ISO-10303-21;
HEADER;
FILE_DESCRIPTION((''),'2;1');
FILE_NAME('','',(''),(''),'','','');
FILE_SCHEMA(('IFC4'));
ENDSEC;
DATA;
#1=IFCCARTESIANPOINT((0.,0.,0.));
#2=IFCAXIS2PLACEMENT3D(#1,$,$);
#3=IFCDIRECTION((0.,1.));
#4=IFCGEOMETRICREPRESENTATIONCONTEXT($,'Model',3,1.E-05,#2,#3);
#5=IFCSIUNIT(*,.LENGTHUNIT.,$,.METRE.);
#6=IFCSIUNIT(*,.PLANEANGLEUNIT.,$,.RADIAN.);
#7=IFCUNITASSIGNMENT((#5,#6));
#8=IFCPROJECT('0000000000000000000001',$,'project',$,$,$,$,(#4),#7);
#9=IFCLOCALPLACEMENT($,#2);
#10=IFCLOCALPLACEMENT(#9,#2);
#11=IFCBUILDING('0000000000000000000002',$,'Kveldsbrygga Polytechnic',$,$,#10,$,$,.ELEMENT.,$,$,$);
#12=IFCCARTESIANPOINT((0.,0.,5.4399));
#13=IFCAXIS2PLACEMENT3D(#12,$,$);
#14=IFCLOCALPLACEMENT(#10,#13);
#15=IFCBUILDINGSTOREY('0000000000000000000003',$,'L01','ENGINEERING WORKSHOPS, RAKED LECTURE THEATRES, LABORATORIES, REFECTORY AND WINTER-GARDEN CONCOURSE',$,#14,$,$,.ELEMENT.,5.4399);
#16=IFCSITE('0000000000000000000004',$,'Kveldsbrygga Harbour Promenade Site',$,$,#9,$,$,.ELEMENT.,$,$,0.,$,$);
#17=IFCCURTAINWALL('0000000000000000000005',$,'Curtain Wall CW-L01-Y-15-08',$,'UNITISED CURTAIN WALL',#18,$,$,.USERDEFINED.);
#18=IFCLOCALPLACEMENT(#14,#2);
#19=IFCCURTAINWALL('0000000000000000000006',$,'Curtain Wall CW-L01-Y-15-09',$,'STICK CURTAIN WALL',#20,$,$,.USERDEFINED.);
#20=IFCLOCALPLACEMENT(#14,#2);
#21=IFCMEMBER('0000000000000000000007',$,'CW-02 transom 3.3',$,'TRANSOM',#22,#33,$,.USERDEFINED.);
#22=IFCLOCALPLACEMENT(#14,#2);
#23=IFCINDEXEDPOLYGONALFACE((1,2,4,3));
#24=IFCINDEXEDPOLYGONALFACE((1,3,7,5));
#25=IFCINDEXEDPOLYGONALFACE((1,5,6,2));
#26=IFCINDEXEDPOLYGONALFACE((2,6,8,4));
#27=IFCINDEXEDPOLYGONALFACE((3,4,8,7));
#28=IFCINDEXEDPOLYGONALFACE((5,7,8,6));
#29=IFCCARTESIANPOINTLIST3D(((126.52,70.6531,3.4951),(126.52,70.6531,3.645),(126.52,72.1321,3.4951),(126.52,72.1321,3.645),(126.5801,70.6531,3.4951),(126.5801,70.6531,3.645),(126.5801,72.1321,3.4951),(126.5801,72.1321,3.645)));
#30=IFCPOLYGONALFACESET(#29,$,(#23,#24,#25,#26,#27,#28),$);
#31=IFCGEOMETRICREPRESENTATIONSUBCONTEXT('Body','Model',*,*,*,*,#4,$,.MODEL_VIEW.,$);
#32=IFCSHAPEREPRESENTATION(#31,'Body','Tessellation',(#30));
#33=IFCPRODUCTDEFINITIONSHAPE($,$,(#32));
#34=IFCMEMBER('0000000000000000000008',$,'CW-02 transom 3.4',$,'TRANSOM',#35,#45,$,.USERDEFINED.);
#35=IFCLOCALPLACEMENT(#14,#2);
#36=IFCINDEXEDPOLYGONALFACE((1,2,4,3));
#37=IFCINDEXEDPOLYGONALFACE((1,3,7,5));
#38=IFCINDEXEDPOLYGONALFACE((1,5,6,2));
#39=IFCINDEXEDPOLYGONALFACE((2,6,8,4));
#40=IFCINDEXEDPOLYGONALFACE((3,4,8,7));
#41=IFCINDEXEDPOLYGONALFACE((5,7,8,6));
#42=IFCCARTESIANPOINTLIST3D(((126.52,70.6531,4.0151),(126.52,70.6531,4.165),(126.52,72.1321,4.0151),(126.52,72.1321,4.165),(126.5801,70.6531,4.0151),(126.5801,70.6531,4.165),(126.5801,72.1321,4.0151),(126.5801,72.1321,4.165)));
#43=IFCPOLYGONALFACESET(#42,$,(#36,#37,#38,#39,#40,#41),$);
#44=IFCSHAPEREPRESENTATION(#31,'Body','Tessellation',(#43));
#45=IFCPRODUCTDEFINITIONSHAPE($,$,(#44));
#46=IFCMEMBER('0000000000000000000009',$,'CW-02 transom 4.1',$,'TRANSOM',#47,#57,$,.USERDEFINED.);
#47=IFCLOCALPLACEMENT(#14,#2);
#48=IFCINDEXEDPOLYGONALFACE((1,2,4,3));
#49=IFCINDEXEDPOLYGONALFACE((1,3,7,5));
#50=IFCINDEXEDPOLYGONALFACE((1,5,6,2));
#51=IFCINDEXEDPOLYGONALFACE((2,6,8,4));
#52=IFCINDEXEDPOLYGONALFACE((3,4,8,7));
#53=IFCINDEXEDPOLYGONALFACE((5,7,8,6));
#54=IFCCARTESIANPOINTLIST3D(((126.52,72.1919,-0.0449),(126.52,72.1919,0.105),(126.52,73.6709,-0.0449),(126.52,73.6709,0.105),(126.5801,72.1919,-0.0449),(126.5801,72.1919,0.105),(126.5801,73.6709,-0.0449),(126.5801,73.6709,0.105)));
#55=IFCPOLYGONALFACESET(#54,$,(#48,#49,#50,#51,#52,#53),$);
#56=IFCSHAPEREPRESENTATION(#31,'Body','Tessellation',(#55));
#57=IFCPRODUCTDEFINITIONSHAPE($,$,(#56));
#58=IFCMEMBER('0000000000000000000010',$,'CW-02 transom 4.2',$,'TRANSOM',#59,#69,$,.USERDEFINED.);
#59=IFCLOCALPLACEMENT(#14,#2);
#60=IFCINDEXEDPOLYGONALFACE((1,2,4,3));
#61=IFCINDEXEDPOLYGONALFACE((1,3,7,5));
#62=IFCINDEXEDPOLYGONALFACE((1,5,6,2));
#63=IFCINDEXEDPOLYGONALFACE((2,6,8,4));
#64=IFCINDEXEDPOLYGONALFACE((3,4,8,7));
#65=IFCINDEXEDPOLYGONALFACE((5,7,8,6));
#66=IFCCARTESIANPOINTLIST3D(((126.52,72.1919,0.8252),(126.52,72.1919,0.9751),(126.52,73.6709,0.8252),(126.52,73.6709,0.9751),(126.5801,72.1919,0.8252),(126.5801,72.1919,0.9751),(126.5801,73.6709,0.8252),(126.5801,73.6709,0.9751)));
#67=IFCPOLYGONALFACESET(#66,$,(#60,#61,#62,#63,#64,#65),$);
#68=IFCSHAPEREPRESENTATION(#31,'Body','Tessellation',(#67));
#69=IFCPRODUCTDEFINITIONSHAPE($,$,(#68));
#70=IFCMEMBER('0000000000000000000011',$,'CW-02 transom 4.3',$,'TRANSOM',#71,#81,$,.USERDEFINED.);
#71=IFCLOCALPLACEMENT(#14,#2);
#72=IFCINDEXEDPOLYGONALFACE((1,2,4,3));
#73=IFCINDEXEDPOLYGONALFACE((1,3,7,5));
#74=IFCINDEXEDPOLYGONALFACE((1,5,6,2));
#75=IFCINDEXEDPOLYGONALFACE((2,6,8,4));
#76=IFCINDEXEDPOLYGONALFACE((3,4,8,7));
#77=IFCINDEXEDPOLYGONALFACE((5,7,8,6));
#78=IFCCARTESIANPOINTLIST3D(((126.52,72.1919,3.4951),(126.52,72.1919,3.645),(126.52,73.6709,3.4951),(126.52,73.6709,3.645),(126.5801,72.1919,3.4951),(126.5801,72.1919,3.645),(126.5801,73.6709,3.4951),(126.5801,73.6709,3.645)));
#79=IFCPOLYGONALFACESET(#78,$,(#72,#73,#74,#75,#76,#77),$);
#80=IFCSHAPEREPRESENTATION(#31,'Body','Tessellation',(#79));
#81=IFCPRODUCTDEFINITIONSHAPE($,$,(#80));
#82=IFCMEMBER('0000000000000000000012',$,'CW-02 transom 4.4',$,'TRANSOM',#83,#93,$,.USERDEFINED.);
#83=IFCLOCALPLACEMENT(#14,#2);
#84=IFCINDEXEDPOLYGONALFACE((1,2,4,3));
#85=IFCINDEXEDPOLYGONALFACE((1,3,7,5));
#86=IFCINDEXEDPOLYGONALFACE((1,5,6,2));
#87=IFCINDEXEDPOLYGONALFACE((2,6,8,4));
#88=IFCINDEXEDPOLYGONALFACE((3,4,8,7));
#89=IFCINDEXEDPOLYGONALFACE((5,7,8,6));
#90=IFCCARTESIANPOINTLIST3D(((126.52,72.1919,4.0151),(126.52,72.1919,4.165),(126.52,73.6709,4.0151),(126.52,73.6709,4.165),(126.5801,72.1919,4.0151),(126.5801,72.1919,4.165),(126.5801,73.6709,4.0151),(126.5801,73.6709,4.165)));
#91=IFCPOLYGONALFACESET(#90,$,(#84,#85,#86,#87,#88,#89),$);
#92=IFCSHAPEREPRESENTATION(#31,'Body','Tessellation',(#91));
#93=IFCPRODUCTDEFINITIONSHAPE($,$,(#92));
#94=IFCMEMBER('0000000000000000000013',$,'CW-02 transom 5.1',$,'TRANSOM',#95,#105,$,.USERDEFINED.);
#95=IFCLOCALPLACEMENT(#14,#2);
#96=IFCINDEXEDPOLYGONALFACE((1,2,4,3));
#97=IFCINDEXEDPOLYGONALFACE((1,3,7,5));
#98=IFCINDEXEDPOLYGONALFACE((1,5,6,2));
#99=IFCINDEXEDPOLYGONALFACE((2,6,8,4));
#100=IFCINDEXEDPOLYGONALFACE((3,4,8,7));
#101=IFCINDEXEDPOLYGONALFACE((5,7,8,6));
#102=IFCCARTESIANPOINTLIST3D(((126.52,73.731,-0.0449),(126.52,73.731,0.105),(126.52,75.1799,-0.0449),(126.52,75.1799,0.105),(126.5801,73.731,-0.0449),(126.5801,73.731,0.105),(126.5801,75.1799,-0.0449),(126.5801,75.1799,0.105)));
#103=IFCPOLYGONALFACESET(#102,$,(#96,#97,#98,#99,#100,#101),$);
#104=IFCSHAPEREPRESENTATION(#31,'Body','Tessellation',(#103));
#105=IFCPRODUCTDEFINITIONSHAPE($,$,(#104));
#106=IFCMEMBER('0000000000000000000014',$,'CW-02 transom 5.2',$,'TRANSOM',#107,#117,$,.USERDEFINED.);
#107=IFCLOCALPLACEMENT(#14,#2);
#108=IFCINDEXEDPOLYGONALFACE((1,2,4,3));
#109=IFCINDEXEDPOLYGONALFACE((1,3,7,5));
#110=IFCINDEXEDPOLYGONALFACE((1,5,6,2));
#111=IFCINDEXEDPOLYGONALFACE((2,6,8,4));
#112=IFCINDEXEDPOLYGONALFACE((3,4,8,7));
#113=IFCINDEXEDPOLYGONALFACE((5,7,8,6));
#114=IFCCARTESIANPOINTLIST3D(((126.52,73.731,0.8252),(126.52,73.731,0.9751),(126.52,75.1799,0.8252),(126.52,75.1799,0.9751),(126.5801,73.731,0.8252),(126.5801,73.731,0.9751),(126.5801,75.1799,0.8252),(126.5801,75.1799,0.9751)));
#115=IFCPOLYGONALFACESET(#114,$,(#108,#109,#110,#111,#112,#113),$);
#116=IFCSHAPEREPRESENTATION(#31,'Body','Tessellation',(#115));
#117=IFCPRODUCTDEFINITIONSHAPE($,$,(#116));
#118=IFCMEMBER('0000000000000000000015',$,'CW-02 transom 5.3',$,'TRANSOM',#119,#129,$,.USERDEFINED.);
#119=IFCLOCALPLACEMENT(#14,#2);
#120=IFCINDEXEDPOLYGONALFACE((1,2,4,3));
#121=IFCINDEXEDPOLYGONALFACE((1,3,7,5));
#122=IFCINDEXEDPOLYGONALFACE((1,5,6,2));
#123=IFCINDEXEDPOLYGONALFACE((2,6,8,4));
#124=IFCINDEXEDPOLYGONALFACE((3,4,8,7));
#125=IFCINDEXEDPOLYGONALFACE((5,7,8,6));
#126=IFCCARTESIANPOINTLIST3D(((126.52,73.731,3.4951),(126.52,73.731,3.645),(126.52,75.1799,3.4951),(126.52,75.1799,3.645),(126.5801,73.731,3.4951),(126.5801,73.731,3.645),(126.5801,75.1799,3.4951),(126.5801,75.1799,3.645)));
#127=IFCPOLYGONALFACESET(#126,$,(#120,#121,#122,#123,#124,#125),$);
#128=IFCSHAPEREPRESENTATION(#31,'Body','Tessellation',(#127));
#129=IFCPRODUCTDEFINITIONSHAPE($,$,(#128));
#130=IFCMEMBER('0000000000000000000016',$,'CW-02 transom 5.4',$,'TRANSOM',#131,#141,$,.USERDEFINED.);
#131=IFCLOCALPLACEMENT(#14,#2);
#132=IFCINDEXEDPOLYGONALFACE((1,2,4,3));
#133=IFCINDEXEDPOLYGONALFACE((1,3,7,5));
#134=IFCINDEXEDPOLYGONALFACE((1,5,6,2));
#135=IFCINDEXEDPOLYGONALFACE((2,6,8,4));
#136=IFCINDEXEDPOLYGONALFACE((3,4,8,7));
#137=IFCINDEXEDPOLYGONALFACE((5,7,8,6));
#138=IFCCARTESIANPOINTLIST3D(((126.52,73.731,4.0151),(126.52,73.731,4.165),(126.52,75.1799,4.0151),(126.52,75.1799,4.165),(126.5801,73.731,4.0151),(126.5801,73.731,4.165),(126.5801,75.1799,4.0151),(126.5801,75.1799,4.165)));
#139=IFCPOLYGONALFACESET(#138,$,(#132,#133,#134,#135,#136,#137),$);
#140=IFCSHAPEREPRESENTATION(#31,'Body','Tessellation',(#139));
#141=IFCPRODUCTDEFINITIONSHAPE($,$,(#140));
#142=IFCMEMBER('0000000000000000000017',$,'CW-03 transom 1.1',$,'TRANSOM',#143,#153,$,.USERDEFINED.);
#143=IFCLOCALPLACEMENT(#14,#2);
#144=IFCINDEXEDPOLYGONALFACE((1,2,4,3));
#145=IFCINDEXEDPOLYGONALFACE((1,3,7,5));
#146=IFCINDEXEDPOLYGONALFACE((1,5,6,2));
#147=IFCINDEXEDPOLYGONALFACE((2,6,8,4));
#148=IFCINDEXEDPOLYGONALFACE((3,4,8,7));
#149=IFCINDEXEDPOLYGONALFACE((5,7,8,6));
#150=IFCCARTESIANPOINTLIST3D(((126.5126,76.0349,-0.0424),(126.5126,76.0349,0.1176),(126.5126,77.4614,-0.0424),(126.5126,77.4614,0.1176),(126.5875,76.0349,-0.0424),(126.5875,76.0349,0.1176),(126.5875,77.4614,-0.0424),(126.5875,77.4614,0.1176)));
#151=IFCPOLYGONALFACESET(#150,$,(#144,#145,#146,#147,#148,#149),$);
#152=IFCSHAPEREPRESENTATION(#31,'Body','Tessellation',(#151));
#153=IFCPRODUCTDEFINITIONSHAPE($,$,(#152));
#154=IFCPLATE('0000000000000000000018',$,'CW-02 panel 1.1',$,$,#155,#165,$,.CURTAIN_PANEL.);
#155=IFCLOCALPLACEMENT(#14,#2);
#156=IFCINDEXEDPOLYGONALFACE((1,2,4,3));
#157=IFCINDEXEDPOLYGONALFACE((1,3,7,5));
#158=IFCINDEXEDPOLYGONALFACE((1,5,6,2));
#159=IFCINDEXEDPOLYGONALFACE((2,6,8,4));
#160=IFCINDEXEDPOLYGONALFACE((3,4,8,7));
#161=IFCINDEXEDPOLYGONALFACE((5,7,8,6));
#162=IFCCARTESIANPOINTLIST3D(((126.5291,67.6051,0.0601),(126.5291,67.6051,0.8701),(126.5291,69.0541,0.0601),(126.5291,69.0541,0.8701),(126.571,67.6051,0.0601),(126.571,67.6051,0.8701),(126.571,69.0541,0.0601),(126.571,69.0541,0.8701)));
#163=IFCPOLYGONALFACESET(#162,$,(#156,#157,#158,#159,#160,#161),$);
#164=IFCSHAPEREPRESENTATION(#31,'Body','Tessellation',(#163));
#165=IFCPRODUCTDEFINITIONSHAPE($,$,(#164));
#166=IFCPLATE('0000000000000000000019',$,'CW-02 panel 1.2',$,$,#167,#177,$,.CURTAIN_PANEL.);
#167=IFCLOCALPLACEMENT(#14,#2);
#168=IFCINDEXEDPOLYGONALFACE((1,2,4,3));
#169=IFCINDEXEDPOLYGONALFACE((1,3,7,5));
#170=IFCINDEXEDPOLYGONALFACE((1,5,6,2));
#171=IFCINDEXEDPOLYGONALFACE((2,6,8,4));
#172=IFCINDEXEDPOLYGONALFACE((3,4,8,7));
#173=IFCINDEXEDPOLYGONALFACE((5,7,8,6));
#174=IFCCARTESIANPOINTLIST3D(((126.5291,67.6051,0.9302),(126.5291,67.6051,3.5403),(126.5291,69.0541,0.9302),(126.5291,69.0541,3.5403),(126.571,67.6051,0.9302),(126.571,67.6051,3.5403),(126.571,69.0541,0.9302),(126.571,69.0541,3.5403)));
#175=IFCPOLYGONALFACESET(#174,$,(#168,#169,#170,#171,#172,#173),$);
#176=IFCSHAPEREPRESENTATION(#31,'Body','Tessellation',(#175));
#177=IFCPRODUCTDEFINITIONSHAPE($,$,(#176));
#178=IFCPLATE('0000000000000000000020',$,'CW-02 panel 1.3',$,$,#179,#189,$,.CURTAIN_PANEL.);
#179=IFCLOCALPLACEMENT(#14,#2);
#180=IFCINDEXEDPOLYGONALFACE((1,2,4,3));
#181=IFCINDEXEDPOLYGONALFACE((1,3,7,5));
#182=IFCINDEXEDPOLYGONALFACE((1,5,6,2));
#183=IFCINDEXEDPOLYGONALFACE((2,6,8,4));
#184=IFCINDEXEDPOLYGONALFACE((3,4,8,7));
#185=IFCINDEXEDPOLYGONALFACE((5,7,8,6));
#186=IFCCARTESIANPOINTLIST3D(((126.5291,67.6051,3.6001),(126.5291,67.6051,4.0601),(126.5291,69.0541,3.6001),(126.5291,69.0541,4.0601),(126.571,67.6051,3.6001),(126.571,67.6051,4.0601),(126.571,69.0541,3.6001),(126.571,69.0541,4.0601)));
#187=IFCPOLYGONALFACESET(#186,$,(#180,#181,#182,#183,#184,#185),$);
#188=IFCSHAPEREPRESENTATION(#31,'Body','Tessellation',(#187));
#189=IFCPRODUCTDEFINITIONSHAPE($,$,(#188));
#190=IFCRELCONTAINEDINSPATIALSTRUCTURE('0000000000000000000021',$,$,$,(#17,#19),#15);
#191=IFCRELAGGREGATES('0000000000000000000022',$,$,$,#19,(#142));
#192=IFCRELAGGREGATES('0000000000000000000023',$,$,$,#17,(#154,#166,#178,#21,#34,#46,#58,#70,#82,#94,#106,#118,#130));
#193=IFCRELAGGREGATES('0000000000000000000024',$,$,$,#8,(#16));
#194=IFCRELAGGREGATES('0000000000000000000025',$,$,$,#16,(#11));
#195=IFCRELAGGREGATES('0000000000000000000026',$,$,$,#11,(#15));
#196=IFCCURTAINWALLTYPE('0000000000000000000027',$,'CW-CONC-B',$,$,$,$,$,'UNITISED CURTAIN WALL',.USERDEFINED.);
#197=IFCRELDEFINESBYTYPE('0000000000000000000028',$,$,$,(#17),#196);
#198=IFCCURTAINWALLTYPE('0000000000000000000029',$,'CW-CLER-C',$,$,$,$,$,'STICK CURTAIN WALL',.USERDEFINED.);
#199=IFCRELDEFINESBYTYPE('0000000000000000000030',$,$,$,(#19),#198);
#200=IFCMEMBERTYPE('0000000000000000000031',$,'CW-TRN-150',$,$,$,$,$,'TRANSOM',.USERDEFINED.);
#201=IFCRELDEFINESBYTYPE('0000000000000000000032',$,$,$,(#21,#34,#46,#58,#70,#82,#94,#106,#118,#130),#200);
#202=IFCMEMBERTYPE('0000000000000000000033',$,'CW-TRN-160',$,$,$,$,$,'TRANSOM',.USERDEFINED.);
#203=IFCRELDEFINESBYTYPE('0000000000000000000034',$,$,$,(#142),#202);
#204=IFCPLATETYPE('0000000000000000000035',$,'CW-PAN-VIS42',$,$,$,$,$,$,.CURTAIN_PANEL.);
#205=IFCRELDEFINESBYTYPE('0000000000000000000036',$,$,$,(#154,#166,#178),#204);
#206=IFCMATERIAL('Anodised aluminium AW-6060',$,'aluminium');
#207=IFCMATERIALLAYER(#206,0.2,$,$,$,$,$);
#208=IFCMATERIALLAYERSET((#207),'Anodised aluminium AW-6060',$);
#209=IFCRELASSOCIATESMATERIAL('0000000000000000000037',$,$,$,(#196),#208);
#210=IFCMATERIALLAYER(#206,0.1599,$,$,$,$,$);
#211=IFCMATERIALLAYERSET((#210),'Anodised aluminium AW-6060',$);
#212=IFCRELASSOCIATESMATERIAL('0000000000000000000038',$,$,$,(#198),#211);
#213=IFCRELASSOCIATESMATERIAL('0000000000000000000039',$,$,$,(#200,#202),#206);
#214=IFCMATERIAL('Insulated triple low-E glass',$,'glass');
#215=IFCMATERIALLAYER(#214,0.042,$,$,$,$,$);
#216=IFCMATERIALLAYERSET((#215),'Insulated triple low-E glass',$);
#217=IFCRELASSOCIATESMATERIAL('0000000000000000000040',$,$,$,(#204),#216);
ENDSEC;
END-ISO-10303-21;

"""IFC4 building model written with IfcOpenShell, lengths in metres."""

from ifc_helpers import new_model, si_unit, direction, frame, origin, origin_2d, place, context, subcontext, project, spatial, rectangle, extrude, material, layer, layer_set, material_profile, profile_set, type_object, element, aggregate, save


model = new_model("IFC4")

# Units and contexts
model_context = context("Model", 3, precision=1e-05, world=origin(), true_north=direction((0.0, 1.0)))
body_context = subcontext(model_context, "Body", "Model", "MODEL_VIEW")
ifc_project = project(units=[si_unit("LENGTHUNIT", "METRE"), si_unit("PLANEANGLEUNIT", "RADIAN")], contexts=[model_context])

# Site, building, storey
site_placement = place(None, origin())
site = spatial("IfcSite", under=ifc_project, at=site_placement, Name="Kveldsbrygga Harbour Promenade Site", CompositionType="ELEMENT", RefElevation=0.0)
building_placement = place(site_placement, origin())
building = spatial("IfcBuilding", under=site, at=building_placement, Name="Kveldsbrygga Polytechnic", CompositionType="ELEMENT")
storey_placement = place(building_placement, frame((0.0, 0.0, 5.4399)))
storey = spatial("IfcBuildingStorey", under=building, at=storey_placement, Name="L01", Description="ENGINEERING WORKSHOPS, RAKED LECTURE THEATRES, LABORATORIES, REFECTORY AND WINTER-GARDEN CONCOURSE", CompositionType="ELEMENT", Elevation=5.4399)

# Curtain wall
ifc_material_1 = material(Name="Anodised aluminium AW-6060", Category="aluminium")
ifc_layer_1 = layer(ifc_material_1, 0.2)
ifc_layer_set_1 = layer_set([ifc_layer_1], Name="Anodised aluminium AW-6060")
curtain_wall_type_1 = type_object("IfcCurtainWallType", Name="CW-CONC-B", ElementType="UNITISED CURTAIN WALL", PredefinedType="USERDEFINED", material=ifc_layer_set_1)
curtain_wall_1_placement = place(storey_placement, origin())
curtain_wall_1 = element("IfcCurtainWall", 1, at=curtain_wall_1_placement, inside=storey, type_object=curtain_wall_type_1, Name="Curtain Wall CW-L01-Y-15-08", ObjectType="UNITISED CURTAIN WALL", PredefinedType="USERDEFINED")

# Curtain wall
ifc_layer_2 = layer(ifc_material_1, 0.1599)
ifc_layer_set_2 = layer_set([ifc_layer_2], Name="Anodised aluminium AW-6060")
curtain_wall_type_2 = type_object("IfcCurtainWallType", Name="CW-CLER-C", ElementType="STICK CURTAIN WALL", PredefinedType="USERDEFINED", material=ifc_layer_set_2)
curtain_wall_2_placement = place(storey_placement, origin())
curtain_wall_2 = element("IfcCurtainWall", 2, at=curtain_wall_2_placement, inside=storey, type_object=curtain_wall_type_2, Name="Curtain Wall CW-L01-Y-15-09", ObjectType="STICK CURTAIN WALL", PredefinedType="USERDEFINED")

# Members
ifc_material_profile_1 = material_profile(ifc_material_1, rectangle(XDim=0.0601, YDim=0.1499, at=origin_2d()), Name="ALU 60x150")
ifc_profile_set_1 = profile_set([ifc_material_profile_1], Name="Anodised aluminium AW-6060")
member_type_1 = type_object("IfcMemberType", Name="CW-TRN-150", ElementType="TRANSOM", PredefinedType="USERDEFINED", material=ifc_profile_set_1)
member_1_placement = place(storey_placement, frame((126.55, 70.6531, 3.5701), z_axis=(0.0, 1.0, 0.0), x_axis=(-1.0, 0.0, 0.0)))
member_1 = element("IfcMember", 3, at=member_1_placement, type_object=member_type_1, Name="CW-02 transom 3.3", ObjectType="TRANSOM", PredefinedType="USERDEFINED", context=body_context, shape_type="SweptSolid", body=[
    extrude(rectangle(XDim=0.0601, YDim=0.1499, at=origin_2d()), origin(), (0.0, 0.0, 1.0), 1.479),
])
member_2_placement = place(storey_placement, frame((126.55, 70.6531, 4.0901), z_axis=(0.0, 1.0, 0.0), x_axis=(-1.0, 0.0, 0.0)))
member_2 = element("IfcMember", 4, at=member_2_placement, type_object=member_type_1, Name="CW-02 transom 3.4", ObjectType="TRANSOM", PredefinedType="USERDEFINED", context=body_context, shape_type="SweptSolid", body=[
    extrude(rectangle(XDim=0.0601, YDim=0.1499, at=origin_2d()), origin(), (0.0, 0.0, 1.0), 1.479),
])
member_3_placement = place(storey_placement, frame((126.55, 72.1919, 0.03), z_axis=(0.0, 1.0, 0.0), x_axis=(-1.0, 0.0, 0.0)))
member_3 = element("IfcMember", 5, at=member_3_placement, type_object=member_type_1, Name="CW-02 transom 4.1", ObjectType="TRANSOM", PredefinedType="USERDEFINED", context=body_context, shape_type="SweptSolid", body=[
    extrude(rectangle(XDim=0.0601, YDim=0.1499, at=origin_2d()), origin(), (0.0, 0.0, 1.0), 1.479),
])
member_4_placement = place(storey_placement, frame((126.55, 72.1919, 0.9001), z_axis=(0.0, 1.0, 0.0), x_axis=(-1.0, 0.0, 0.0)))
member_4 = element("IfcMember", 6, at=member_4_placement, type_object=member_type_1, Name="CW-02 transom 4.2", ObjectType="TRANSOM", PredefinedType="USERDEFINED", context=body_context, shape_type="SweptSolid", body=[
    extrude(rectangle(XDim=0.0601, YDim=0.1499, at=origin_2d()), origin(), (0.0, 0.0, 1.0), 1.479),
])
member_5_placement = place(storey_placement, frame((126.55, 72.1919, 3.5701), z_axis=(0.0, 1.0, 0.0), x_axis=(-1.0, 0.0, 0.0)))
member_5 = element("IfcMember", 7, at=member_5_placement, type_object=member_type_1, Name="CW-02 transom 4.3", ObjectType="TRANSOM", PredefinedType="USERDEFINED", context=body_context, shape_type="SweptSolid", body=[
    extrude(rectangle(XDim=0.0601, YDim=0.1499, at=origin_2d()), origin(), (0.0, 0.0, 1.0), 1.479),
])
member_6_placement = place(storey_placement, frame((126.55, 72.1919, 4.0901), z_axis=(0.0, 1.0, 0.0), x_axis=(-1.0, 0.0, 0.0)))
member_6 = element("IfcMember", 8, at=member_6_placement, type_object=member_type_1, Name="CW-02 transom 4.4", ObjectType="TRANSOM", PredefinedType="USERDEFINED", context=body_context, shape_type="SweptSolid", body=[
    extrude(rectangle(XDim=0.0601, YDim=0.1499, at=origin_2d()), origin(), (0.0, 0.0, 1.0), 1.479),
])
member_7_placement = place(storey_placement, frame((126.55, 73.731, 0.03), z_axis=(0.0, 1.0, 0.0), x_axis=(-1.0, 0.0, 0.0)))
member_7 = element("IfcMember", 9, at=member_7_placement, type_object=member_type_1, Name="CW-02 transom 5.1", ObjectType="TRANSOM", PredefinedType="USERDEFINED", context=body_context, shape_type="SweptSolid", body=[
    extrude(rectangle(XDim=0.0601, YDim=0.1499, at=origin_2d()), origin(), (0.0, 0.0, 1.0), 1.449),
])
member_8_placement = place(storey_placement, frame((126.55, 73.731, 0.9001), z_axis=(0.0, 1.0, 0.0), x_axis=(-1.0, 0.0, 0.0)))
member_8 = element("IfcMember", 10, at=member_8_placement, type_object=member_type_1, Name="CW-02 transom 5.2", ObjectType="TRANSOM", PredefinedType="USERDEFINED", context=body_context, shape_type="SweptSolid", body=[
    extrude(rectangle(XDim=0.0601, YDim=0.1499, at=origin_2d()), origin(), (0.0, 0.0, 1.0), 1.449),
])
member_9_placement = place(storey_placement, frame((126.55, 73.731, 3.5701), z_axis=(0.0, 1.0, 0.0), x_axis=(-1.0, 0.0, 0.0)))
member_9 = element("IfcMember", 11, at=member_9_placement, type_object=member_type_1, Name="CW-02 transom 5.3", ObjectType="TRANSOM", PredefinedType="USERDEFINED", context=body_context, shape_type="SweptSolid", body=[
    extrude(rectangle(XDim=0.0601, YDim=0.1499, at=origin_2d()), origin(), (0.0, 0.0, 1.0), 1.449),
])
member_10_placement = place(storey_placement, frame((126.55, 73.731, 4.0901), z_axis=(0.0, 1.0, 0.0), x_axis=(-1.0, 0.0, 0.0)))
member_10 = element("IfcMember", 12, at=member_10_placement, type_object=member_type_1, Name="CW-02 transom 5.4", ObjectType="TRANSOM", PredefinedType="USERDEFINED", context=body_context, shape_type="SweptSolid", body=[
    extrude(rectangle(XDim=0.0601, YDim=0.1499, at=origin_2d()), origin(), (0.0, 0.0, 1.0), 1.449),
])
ifc_material_profile_2 = material_profile(ifc_material_1, rectangle(XDim=0.075, YDim=0.1599, at=origin_2d()), Name="ALU 75x160")
ifc_profile_set_2 = profile_set([ifc_material_profile_2], Name="Anodised aluminium AW-6060")
member_type_2 = type_object("IfcMemberType", Name="CW-TRN-160", ElementType="TRANSOM", PredefinedType="USERDEFINED", material=ifc_profile_set_2)
member_11_placement = place(storey_placement, frame((126.55, 76.0349, 0.0376), z_axis=(0.0, 1.0, 0.0), x_axis=(-1.0, 0.0, 0.0)))
member_11 = element("IfcMember", 13, at=member_11_placement, type_object=member_type_2, Name="CW-03 transom 1.1", ObjectType="TRANSOM", PredefinedType="USERDEFINED", context=body_context, shape_type="SweptSolid", body=[
    extrude(rectangle(XDim=0.075, YDim=0.1599, at=origin_2d()), origin(), (0.0, 0.0, 1.0), 1.4265),
])
aggregate(curtain_wall_2, [member_11])

# Plates
ifc_material_2 = material(Name="Insulated triple low-E glass", Category="glass")
ifc_layer_3 = layer(ifc_material_2, 0.042)
ifc_layer_set_3 = layer_set([ifc_layer_3], Name="Insulated triple low-E glass")
plate_type = type_object("IfcPlateType", Name="CW-PAN-VIS42", PredefinedType="CURTAIN_PANEL", material=ifc_layer_set_3)
plate_1_placement = place(storey_placement, frame((126.55, 68.3296, 0.0601), z_axis=(0.0, 0.0, 1.0), x_axis=(0.0, 1.0, 0.0)))
plate_1 = element("IfcPlate", 14, at=plate_1_placement, type_object=plate_type, Name="CW-02 panel 1.1", PredefinedType="CURTAIN_PANEL", context=body_context, shape_type="SweptSolid", body=[
    extrude(rectangle(XDim=1.449, YDim=0.042, at=origin_2d()), origin(), (0.0, 0.0, 1.0), 0.8101),
])
plate_2_placement = place(storey_placement, frame((126.55, 68.3296, 0.9302), z_axis=(0.0, 0.0, 1.0), x_axis=(0.0, 1.0, 0.0)))
plate_2 = element("IfcPlate", 15, at=plate_2_placement, type_object=plate_type, Name="CW-02 panel 1.2", PredefinedType="CURTAIN_PANEL", context=body_context, shape_type="SweptSolid", body=[
    extrude(rectangle(XDim=1.449, YDim=0.042, at=origin_2d()), origin(), (0.0, 0.0, 1.0), 2.6101),
])
plate_3_placement = place(storey_placement, frame((126.55, 68.3296, 3.6001), z_axis=(0.0, 0.0, 1.0), x_axis=(0.0, 1.0, 0.0)))
plate_3 = element("IfcPlate", 16, at=plate_3_placement, type_object=plate_type, Name="CW-02 panel 1.3", PredefinedType="CURTAIN_PANEL", context=body_context, shape_type="SweptSolid", body=[
    extrude(rectangle(XDim=1.449, YDim=0.042, at=origin_2d()), origin(), (0.0, 0.0, 1.0), 0.46),
])
aggregate(curtain_wall_1, [plate_1, plate_2, plate_3, member_1, member_2, member_3, member_4, member_5, member_6, member_7, member_8, member_9, member_10])

save(model, "model.ifc")
